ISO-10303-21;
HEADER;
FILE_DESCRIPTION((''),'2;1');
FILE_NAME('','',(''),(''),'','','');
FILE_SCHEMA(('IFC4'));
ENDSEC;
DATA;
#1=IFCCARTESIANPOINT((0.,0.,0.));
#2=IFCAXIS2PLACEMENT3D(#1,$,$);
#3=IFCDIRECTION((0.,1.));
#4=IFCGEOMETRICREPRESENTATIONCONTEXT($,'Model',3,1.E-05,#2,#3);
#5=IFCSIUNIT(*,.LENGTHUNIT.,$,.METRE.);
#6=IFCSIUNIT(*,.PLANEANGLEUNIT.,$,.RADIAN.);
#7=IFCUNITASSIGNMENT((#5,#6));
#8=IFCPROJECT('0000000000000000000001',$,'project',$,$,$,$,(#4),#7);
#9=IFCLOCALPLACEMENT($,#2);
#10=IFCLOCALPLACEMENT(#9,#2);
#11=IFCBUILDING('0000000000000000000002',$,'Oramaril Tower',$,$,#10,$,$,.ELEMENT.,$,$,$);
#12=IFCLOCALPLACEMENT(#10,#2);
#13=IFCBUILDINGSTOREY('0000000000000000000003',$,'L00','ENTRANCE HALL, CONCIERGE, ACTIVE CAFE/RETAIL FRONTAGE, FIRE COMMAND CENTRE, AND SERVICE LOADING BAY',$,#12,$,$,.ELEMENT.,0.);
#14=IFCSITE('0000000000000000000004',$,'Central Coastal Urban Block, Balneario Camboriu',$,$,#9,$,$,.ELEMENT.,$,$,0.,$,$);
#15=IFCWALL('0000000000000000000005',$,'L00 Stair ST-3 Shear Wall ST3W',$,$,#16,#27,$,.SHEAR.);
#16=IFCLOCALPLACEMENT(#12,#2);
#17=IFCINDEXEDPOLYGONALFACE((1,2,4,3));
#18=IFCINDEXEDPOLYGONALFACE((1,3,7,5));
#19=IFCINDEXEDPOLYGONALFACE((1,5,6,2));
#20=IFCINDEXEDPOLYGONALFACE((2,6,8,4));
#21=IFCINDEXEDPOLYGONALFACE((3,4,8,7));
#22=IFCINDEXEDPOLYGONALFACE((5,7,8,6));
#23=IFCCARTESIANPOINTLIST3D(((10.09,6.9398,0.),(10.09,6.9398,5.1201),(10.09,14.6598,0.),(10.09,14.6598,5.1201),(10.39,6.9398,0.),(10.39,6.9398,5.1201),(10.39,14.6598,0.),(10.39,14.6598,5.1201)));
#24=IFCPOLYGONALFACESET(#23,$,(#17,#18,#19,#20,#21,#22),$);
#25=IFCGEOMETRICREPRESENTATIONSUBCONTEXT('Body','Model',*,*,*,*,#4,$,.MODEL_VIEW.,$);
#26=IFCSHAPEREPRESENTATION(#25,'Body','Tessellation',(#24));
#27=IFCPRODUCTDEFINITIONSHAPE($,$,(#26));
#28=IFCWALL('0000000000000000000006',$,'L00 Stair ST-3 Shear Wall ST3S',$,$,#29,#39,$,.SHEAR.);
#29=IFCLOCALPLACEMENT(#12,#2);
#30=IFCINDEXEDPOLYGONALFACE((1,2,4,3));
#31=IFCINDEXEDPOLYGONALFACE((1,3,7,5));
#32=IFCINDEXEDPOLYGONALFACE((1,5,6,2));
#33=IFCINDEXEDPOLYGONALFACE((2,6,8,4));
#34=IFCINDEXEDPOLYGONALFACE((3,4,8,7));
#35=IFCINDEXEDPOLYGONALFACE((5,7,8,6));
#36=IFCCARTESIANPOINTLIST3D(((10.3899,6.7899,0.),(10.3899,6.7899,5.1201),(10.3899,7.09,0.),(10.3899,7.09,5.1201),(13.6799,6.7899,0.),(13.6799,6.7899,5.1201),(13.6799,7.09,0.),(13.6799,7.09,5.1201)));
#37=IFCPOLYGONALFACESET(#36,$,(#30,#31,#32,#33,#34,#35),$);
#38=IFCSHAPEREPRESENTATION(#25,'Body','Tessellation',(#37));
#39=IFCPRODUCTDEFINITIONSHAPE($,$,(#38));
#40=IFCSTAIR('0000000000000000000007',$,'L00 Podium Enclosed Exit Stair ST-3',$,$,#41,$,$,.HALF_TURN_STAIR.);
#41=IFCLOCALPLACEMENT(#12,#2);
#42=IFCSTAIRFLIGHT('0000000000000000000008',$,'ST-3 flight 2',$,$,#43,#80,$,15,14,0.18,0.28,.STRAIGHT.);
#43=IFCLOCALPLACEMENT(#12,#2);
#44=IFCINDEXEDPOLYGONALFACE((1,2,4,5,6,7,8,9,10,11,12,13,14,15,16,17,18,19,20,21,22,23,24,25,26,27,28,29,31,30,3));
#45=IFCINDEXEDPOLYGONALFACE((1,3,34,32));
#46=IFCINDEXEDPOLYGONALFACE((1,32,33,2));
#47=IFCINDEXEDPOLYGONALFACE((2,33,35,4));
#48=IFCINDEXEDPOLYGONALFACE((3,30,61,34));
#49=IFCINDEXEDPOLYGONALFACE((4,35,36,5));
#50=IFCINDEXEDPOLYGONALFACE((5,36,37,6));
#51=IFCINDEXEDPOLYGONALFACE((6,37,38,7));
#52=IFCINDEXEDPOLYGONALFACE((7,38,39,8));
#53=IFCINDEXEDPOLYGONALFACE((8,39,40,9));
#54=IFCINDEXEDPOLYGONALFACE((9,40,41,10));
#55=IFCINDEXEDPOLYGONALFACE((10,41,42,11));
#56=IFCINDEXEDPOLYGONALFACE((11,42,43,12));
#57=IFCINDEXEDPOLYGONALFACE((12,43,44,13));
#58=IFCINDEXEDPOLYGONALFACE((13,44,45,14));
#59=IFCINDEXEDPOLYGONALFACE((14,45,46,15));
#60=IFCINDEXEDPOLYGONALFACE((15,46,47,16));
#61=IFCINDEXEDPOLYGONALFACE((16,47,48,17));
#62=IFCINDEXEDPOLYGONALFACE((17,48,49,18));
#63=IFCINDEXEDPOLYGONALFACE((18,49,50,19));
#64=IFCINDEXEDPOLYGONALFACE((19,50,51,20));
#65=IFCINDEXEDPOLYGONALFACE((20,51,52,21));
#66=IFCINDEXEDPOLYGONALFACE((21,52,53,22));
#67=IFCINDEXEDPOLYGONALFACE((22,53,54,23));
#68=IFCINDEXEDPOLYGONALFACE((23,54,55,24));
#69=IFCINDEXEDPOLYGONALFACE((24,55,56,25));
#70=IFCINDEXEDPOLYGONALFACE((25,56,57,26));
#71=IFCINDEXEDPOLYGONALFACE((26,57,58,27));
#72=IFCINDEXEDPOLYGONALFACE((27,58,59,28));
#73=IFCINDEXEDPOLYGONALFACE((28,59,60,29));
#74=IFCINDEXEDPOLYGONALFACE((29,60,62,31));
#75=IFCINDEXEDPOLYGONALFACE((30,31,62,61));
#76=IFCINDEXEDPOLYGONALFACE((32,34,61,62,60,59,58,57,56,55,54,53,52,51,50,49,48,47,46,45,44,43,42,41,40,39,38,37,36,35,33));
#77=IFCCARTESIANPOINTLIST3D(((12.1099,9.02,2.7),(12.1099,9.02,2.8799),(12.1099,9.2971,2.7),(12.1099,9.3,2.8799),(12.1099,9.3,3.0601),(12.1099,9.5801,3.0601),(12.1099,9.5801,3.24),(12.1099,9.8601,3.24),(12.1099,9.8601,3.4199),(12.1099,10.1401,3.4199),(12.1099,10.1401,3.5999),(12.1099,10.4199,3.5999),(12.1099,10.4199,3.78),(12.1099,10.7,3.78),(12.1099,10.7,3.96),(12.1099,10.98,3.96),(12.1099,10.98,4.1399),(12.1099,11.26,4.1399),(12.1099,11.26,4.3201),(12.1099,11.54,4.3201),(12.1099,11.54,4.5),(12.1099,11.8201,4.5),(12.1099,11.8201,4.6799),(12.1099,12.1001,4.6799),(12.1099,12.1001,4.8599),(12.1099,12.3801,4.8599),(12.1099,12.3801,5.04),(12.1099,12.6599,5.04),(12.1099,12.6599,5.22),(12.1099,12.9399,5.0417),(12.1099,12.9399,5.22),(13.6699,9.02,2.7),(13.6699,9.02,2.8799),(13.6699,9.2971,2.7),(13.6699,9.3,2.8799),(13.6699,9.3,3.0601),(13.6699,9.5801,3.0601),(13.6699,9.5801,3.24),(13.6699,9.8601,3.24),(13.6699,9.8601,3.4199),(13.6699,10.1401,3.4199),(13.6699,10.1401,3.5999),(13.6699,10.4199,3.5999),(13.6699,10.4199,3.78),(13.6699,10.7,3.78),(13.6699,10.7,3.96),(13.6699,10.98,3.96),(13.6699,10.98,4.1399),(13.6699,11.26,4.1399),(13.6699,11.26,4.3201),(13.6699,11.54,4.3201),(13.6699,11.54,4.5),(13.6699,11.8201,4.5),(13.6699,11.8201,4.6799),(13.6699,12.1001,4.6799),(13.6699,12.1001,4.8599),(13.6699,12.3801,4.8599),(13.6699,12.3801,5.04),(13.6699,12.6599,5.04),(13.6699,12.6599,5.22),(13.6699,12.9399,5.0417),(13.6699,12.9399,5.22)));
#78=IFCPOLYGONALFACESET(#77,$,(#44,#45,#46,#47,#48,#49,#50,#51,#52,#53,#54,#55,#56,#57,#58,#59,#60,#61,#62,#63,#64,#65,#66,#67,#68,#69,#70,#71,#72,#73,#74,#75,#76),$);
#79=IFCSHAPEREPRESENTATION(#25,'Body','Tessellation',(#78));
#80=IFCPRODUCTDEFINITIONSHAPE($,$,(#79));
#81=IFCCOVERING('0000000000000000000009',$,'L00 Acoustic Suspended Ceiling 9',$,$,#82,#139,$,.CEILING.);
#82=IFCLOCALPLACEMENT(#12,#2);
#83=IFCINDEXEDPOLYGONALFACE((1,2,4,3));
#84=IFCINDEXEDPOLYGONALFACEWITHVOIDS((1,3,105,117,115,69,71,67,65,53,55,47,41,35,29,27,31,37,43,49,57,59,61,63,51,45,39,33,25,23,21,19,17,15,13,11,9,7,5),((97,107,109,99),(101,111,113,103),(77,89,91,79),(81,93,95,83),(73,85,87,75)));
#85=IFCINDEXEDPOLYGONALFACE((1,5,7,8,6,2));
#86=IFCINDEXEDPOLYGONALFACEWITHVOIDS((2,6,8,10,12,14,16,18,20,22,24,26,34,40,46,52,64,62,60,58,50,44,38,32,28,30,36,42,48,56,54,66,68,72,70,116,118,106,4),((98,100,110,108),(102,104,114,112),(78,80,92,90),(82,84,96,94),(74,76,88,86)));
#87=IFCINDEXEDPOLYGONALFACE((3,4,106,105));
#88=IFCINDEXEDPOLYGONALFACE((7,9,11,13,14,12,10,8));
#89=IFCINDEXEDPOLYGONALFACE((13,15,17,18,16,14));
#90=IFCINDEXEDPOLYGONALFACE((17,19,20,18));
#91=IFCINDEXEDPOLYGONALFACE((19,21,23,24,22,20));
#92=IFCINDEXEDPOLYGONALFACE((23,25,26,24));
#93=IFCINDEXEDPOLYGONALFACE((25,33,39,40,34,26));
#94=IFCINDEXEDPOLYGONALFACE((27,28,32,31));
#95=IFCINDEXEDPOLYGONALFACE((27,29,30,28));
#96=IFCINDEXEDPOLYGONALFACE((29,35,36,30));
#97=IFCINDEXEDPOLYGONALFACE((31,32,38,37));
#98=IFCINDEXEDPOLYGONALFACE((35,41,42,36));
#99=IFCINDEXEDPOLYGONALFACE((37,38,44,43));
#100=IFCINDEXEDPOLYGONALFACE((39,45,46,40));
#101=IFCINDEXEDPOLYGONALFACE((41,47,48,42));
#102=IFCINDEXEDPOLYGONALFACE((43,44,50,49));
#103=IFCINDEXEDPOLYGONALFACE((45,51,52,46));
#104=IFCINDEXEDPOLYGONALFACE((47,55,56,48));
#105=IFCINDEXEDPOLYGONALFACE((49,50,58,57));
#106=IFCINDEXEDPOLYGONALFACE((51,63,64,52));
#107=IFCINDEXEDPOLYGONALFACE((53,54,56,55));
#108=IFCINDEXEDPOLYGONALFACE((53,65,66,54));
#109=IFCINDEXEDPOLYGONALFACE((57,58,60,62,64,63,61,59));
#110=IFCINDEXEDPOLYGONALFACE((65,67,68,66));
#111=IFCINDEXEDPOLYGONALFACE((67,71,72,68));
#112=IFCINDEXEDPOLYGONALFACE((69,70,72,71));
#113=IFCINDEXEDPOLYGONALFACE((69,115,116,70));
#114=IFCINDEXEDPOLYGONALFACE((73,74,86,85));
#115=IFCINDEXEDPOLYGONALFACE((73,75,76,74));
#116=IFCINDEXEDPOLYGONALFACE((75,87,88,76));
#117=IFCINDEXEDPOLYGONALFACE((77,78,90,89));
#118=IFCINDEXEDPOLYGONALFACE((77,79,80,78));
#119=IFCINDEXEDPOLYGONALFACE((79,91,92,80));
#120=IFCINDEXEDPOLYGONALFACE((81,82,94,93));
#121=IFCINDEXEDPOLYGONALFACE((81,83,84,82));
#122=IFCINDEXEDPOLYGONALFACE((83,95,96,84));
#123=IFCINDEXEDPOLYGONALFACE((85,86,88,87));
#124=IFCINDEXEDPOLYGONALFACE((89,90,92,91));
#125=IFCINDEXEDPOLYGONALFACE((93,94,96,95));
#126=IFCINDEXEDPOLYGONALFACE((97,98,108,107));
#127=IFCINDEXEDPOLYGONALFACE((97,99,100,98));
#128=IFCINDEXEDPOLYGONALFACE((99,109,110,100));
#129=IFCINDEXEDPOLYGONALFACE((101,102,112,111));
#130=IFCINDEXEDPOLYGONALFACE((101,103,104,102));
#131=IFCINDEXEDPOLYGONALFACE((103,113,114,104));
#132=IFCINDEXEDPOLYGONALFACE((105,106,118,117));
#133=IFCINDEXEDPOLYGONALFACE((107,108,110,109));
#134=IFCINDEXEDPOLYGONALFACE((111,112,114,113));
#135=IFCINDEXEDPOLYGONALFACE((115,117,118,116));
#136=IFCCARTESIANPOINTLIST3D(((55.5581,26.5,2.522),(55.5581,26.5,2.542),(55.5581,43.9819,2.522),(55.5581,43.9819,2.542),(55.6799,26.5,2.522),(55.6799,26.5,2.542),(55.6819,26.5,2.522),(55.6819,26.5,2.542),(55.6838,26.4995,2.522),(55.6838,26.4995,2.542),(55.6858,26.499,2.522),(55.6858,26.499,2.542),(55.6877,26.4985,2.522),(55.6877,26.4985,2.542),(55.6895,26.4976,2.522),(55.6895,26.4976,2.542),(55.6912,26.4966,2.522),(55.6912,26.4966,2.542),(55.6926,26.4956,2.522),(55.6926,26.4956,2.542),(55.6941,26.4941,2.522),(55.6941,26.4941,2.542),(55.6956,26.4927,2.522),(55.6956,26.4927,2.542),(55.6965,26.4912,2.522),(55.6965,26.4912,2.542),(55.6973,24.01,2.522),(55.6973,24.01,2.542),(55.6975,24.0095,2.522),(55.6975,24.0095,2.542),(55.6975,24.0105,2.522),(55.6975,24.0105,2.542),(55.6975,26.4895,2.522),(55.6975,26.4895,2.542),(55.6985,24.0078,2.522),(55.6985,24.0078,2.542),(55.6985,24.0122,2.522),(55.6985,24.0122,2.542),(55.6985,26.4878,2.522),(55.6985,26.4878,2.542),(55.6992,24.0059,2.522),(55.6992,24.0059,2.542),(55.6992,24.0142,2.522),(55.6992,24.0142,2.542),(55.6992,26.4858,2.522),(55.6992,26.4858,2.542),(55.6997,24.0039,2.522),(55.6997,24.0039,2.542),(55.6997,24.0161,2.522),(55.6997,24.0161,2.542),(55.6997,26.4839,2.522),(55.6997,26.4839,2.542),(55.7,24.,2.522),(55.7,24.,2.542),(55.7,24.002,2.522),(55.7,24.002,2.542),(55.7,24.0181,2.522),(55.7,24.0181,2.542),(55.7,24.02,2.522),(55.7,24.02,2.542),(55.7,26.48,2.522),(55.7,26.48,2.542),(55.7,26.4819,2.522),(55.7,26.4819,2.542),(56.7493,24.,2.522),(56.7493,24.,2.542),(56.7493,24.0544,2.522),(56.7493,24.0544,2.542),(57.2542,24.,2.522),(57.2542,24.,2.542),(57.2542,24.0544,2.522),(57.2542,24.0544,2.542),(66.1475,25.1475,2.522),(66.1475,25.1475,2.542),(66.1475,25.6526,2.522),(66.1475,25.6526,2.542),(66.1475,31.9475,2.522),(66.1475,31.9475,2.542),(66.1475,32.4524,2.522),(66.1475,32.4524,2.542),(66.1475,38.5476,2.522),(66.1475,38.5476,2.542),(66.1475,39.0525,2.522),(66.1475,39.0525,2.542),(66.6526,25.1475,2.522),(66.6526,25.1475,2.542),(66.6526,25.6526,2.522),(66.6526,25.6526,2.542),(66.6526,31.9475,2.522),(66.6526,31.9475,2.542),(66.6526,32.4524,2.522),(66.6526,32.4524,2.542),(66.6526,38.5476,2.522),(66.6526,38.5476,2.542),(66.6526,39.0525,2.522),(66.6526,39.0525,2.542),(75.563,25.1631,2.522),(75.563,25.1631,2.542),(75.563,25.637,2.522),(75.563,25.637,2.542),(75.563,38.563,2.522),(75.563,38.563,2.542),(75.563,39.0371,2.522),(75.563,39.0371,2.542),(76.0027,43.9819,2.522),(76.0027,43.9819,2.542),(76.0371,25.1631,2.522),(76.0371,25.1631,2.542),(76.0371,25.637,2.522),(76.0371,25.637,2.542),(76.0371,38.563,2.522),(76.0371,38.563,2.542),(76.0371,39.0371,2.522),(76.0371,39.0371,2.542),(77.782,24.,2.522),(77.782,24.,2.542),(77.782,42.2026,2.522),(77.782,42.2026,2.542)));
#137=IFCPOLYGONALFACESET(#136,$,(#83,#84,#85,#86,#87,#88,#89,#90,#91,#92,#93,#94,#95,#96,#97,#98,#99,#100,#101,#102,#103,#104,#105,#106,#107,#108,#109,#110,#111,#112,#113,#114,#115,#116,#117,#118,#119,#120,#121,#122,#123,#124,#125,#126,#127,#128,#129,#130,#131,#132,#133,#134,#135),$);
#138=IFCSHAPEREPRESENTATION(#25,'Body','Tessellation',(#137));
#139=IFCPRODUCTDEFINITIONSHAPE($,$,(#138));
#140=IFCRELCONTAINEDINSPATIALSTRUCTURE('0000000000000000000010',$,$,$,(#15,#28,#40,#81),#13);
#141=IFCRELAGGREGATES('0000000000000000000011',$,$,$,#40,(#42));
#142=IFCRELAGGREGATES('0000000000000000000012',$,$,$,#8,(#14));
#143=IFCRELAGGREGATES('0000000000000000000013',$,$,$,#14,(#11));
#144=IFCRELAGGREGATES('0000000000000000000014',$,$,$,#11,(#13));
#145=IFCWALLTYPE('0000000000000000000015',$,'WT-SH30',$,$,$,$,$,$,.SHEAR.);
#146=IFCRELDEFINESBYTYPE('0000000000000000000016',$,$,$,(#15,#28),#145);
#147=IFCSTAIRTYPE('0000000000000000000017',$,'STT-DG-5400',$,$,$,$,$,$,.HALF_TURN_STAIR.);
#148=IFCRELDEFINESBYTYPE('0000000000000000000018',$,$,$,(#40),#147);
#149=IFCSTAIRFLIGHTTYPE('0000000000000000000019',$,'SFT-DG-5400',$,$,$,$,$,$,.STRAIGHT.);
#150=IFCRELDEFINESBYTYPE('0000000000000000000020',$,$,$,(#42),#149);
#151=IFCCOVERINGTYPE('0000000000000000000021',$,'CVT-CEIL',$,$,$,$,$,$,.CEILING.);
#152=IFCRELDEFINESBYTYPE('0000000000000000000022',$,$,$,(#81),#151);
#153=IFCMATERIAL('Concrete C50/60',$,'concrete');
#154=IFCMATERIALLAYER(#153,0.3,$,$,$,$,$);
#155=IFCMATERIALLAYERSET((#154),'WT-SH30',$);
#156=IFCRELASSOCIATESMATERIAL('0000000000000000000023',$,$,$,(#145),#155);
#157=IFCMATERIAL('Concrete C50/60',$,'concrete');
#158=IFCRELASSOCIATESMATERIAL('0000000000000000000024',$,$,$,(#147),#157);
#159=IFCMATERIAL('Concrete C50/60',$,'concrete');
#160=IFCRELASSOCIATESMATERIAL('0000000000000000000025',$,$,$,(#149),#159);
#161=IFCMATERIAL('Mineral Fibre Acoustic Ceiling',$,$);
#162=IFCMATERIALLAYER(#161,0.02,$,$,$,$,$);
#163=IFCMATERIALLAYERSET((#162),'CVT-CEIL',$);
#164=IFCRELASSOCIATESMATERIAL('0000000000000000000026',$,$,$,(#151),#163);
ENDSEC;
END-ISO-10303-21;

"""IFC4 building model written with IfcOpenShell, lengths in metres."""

from ifc_helpers import new_model, si_unit, direction, frame, frame_2d, origin, place, context, subcontext, project, spatial, polyline, rectangle, outline, extrude, material, layer, layer_set, type_object, element, aggregate, save


model = new_model("IFC4")

# Units and contexts
model_context = context("Model", 3, precision=1e-05, world=origin(), true_north=direction((0.0, 1.0)))
body_context = subcontext(model_context, "Body", "Model", "MODEL_VIEW")
ifc_project = project(units=[si_unit("LENGTHUNIT", "METRE"), si_unit("PLANEANGLEUNIT", "RADIAN")], contexts=[model_context])

# Site, building, storey
site_placement = place(None, origin())
site = spatial("IfcSite", under=ifc_project, at=site_placement, Name="Central Coastal Urban Block, Balneario Camboriu", CompositionType="ELEMENT", RefElevation=0.0)
building_placement = place(site_placement, origin())
building = spatial("IfcBuilding", under=site, at=building_placement, Name="Oramaril Tower", CompositionType="ELEMENT")
storey_placement = place(building_placement, origin())
storey = spatial("IfcBuildingStorey", under=building, at=storey_placement, Name="L00", Description="ENTRANCE HALL, CONCIERGE, ACTIVE CAFE/RETAIL FRONTAGE, FIRE COMMAND CENTRE, AND SERVICE LOADING BAY", CompositionType="ELEMENT", Elevation=0.0)

# Wall
ifc_material_1 = material(Name="Concrete C50/60", Category="concrete")
ifc_layer_1 = layer(ifc_material_1, 0.3)
ifc_layer_set_1 = layer_set([ifc_layer_1], Name="WT-SH30")
wall_type_1 = type_object("IfcWallType", Name="WT-SH30", PredefinedType="SHEAR", material=ifc_layer_set_1)
wall_1_placement = place(storey_placement, frame((10.24, 6.9399, 0.0), z_axis=(0.0, 0.0, 1.0), x_axis=(0.0, 1.0, 0.0)))
element("IfcWall", 1, at=wall_1_placement, inside=storey, type_object=wall_type_1, Name="L00 Stair ST-3 Shear Wall ST3W", PredefinedType="SHEAR", context=body_context, shape_type="SweptSolid", body=[
    extrude(rectangle(XDim=7.72, YDim=0.3, at=frame_2d((3.8599, 0.0))), origin(), (0.0, 0.0, 1.0), 5.1201),
])

# Wall
wall_2_placement = place(storey_placement, frame((10.3899, 6.9399, 0.0), z_axis=(0.0, 0.0, 1.0), x_axis=(1.0, 0.0, 0.0)))
element("IfcWall", 2, at=wall_2_placement, inside=storey, type_object=wall_type_1, Name="L00 Stair ST-3 Shear Wall ST3S", PredefinedType="SHEAR", context=body_context, shape_type="SweptSolid", body=[
    extrude(rectangle(XDim=3.29, YDim=0.3, at=frame_2d((1.645, 0.0))), origin(), (0.0, 0.0, 1.0), 5.1201),
])

# Stair, stair flight
ifc_material_2 = material(Name="Concrete C50/60", Category="concrete")
stair_type = type_object("IfcStairType", Name="STT-DG-5400", PredefinedType="HALF_TURN_STAIR", material=ifc_material_2)
stair_placement = place(storey_placement, origin())
stair = element("IfcStair", 3, at=stair_placement, inside=storey, type_object=stair_type, Name="L00 Podium Enclosed Exit Stair ST-3", PredefinedType="HALF_TURN_STAIR")
ifc_material_3 = material(Name="Concrete C50/60", Category="concrete")
stair_flight_type = type_object("IfcStairFlightType", Name="SFT-DG-5400", PredefinedType="STRAIGHT", material=ifc_material_3)
stair_flight_placement = place(storey_placement, frame((12.8899, 9.02, 2.7), z_axis=(0.0, 0.0, 1.0), x_axis=(0.0, 1.0, 0.0)))
stair_flight = element("IfcStairFlight", 4, at=stair_flight_placement, type_object=stair_flight_type, Name="ST-3 flight 2", NumberOfRisers=15, NumberOfTreads=14, PredefinedType="STRAIGHT", RiserHeight=0.18, TreadLength=0.28, context=body_context, shape_type="SweptSolid", body=[
    extrude(outline(polyline([(0.0, 0.0), (0.0, 0.1799), (0.28, 0.1799), (0.28, 0.3601), (0.5601, 0.3601), (0.5601, 0.54), (0.8401, 0.54), (0.8401, 0.72), (1.1201, 0.72), (1.1201, 0.8999), (1.3999, 0.8999), (1.3999, 1.0801), (1.6799, 1.0801), (1.6799, 1.26), (1.96, 1.26), (1.96, 1.4399), (2.24, 1.4399), (2.24, 1.6201), (2.52, 1.6201), (2.52, 1.8), (2.8, 1.8), (2.8, 1.98), (3.0801, 1.98), (3.0801, 2.1599), (3.3601, 2.1599), (3.3601, 2.3401), (3.6399, 2.3401), (3.6399, 2.52), (3.9199, 2.52), (3.9199, 2.7), (3.9199, 2.3418), (0.2771, 0.0), (0.0, 0.0)])), frame((0.0, 0.78, 0.0), z_axis=(0.0, -1.0, 0.0), x_axis=(1.0, 0.0, 0.0)), (0.0, 0.0, 1.0), 1.5601),
])
aggregate(stair, [stair_flight])

# Covering
ifc_material_4 = material(Name="Mineral Fibre Acoustic Ceiling")
ifc_layer_2 = layer(ifc_material_4, 0.02)
ifc_layer_set_2 = layer_set([ifc_layer_2], Name="CVT-CEIL")
covering_type_1 = type_object("IfcCoveringType", Name="CVT-CEIL", PredefinedType="CEILING", material=ifc_layer_set_2)
covering_1_placement = place(storey_placement, frame((0.0, 0.0, 2.522)))
element("IfcCovering", 5, at=covering_1_placement, inside=storey, type_object=covering_type_1, Name="L00 Acoustic Suspended Ceiling 9", PredefinedType="CEILING", context=body_context, shape_type="SweptSolid", body=[
    extrude(outline(polyline([(77.782, 42.2026), (77.782, 24.0), (57.2542, 24.0), (57.2542, 24.0544), (56.7493, 24.0544), (56.7493, 24.0), (55.7, 24.0), (55.7, 24.0), (55.7, 24.002), (55.6997, 24.0039), (55.6992, 24.0059), (55.6985, 24.0078), (55.6975, 24.0095), (55.6973, 24.01), (55.6975, 24.0105), (55.6985, 24.0122), (55.6992, 24.0142), (55.6997, 24.0161), (55.7, 24.0181), (55.7, 24.02), (55.7, 26.48), (55.7, 26.4819), (55.6997, 26.4839), (55.6992, 26.4858), (55.6985, 26.4878), (55.6975, 26.4895), (55.6965, 26.4912), (55.6956, 26.4927), (55.6941, 26.4941), (55.6926, 26.4956), (55.6912, 26.4966), (55.6895, 26.4976), (55.6877, 26.4985), (55.6858, 26.499), (55.6838, 26.4995), (55.6819, 26.5), (55.6799, 26.5), (55.5581, 26.5), (55.5581, 43.9819), (76.0027, 43.9819), (77.782, 42.2026)]), holes=[polyline([(66.6526, 25.6526), (66.1475, 25.6526), (66.1475, 25.1475), (66.6526, 25.1475), (66.6526, 25.6526)]), polyline([(76.0371, 25.1631), (76.0371, 25.637), (75.563, 25.637), (75.563, 25.1631), (76.0371, 25.1631)]), polyline([(66.6526, 31.9475), (66.6526, 32.4524), (66.1475, 32.4524), (66.1475, 31.9475), (66.6526, 31.9475)]), polyline([(66.6526, 38.5476), (66.6526, 39.0525), (66.1475, 39.0525), (66.1475, 38.5476), (66.6526, 38.5476)]), polyline([(76.0371, 38.563), (76.0371, 39.0371), (75.563, 39.0371), (75.563, 38.563), (76.0371, 38.563)])]), origin(), (0.0, 0.0, 1.0), 0.02),
])

save(model, "model.ifc")
